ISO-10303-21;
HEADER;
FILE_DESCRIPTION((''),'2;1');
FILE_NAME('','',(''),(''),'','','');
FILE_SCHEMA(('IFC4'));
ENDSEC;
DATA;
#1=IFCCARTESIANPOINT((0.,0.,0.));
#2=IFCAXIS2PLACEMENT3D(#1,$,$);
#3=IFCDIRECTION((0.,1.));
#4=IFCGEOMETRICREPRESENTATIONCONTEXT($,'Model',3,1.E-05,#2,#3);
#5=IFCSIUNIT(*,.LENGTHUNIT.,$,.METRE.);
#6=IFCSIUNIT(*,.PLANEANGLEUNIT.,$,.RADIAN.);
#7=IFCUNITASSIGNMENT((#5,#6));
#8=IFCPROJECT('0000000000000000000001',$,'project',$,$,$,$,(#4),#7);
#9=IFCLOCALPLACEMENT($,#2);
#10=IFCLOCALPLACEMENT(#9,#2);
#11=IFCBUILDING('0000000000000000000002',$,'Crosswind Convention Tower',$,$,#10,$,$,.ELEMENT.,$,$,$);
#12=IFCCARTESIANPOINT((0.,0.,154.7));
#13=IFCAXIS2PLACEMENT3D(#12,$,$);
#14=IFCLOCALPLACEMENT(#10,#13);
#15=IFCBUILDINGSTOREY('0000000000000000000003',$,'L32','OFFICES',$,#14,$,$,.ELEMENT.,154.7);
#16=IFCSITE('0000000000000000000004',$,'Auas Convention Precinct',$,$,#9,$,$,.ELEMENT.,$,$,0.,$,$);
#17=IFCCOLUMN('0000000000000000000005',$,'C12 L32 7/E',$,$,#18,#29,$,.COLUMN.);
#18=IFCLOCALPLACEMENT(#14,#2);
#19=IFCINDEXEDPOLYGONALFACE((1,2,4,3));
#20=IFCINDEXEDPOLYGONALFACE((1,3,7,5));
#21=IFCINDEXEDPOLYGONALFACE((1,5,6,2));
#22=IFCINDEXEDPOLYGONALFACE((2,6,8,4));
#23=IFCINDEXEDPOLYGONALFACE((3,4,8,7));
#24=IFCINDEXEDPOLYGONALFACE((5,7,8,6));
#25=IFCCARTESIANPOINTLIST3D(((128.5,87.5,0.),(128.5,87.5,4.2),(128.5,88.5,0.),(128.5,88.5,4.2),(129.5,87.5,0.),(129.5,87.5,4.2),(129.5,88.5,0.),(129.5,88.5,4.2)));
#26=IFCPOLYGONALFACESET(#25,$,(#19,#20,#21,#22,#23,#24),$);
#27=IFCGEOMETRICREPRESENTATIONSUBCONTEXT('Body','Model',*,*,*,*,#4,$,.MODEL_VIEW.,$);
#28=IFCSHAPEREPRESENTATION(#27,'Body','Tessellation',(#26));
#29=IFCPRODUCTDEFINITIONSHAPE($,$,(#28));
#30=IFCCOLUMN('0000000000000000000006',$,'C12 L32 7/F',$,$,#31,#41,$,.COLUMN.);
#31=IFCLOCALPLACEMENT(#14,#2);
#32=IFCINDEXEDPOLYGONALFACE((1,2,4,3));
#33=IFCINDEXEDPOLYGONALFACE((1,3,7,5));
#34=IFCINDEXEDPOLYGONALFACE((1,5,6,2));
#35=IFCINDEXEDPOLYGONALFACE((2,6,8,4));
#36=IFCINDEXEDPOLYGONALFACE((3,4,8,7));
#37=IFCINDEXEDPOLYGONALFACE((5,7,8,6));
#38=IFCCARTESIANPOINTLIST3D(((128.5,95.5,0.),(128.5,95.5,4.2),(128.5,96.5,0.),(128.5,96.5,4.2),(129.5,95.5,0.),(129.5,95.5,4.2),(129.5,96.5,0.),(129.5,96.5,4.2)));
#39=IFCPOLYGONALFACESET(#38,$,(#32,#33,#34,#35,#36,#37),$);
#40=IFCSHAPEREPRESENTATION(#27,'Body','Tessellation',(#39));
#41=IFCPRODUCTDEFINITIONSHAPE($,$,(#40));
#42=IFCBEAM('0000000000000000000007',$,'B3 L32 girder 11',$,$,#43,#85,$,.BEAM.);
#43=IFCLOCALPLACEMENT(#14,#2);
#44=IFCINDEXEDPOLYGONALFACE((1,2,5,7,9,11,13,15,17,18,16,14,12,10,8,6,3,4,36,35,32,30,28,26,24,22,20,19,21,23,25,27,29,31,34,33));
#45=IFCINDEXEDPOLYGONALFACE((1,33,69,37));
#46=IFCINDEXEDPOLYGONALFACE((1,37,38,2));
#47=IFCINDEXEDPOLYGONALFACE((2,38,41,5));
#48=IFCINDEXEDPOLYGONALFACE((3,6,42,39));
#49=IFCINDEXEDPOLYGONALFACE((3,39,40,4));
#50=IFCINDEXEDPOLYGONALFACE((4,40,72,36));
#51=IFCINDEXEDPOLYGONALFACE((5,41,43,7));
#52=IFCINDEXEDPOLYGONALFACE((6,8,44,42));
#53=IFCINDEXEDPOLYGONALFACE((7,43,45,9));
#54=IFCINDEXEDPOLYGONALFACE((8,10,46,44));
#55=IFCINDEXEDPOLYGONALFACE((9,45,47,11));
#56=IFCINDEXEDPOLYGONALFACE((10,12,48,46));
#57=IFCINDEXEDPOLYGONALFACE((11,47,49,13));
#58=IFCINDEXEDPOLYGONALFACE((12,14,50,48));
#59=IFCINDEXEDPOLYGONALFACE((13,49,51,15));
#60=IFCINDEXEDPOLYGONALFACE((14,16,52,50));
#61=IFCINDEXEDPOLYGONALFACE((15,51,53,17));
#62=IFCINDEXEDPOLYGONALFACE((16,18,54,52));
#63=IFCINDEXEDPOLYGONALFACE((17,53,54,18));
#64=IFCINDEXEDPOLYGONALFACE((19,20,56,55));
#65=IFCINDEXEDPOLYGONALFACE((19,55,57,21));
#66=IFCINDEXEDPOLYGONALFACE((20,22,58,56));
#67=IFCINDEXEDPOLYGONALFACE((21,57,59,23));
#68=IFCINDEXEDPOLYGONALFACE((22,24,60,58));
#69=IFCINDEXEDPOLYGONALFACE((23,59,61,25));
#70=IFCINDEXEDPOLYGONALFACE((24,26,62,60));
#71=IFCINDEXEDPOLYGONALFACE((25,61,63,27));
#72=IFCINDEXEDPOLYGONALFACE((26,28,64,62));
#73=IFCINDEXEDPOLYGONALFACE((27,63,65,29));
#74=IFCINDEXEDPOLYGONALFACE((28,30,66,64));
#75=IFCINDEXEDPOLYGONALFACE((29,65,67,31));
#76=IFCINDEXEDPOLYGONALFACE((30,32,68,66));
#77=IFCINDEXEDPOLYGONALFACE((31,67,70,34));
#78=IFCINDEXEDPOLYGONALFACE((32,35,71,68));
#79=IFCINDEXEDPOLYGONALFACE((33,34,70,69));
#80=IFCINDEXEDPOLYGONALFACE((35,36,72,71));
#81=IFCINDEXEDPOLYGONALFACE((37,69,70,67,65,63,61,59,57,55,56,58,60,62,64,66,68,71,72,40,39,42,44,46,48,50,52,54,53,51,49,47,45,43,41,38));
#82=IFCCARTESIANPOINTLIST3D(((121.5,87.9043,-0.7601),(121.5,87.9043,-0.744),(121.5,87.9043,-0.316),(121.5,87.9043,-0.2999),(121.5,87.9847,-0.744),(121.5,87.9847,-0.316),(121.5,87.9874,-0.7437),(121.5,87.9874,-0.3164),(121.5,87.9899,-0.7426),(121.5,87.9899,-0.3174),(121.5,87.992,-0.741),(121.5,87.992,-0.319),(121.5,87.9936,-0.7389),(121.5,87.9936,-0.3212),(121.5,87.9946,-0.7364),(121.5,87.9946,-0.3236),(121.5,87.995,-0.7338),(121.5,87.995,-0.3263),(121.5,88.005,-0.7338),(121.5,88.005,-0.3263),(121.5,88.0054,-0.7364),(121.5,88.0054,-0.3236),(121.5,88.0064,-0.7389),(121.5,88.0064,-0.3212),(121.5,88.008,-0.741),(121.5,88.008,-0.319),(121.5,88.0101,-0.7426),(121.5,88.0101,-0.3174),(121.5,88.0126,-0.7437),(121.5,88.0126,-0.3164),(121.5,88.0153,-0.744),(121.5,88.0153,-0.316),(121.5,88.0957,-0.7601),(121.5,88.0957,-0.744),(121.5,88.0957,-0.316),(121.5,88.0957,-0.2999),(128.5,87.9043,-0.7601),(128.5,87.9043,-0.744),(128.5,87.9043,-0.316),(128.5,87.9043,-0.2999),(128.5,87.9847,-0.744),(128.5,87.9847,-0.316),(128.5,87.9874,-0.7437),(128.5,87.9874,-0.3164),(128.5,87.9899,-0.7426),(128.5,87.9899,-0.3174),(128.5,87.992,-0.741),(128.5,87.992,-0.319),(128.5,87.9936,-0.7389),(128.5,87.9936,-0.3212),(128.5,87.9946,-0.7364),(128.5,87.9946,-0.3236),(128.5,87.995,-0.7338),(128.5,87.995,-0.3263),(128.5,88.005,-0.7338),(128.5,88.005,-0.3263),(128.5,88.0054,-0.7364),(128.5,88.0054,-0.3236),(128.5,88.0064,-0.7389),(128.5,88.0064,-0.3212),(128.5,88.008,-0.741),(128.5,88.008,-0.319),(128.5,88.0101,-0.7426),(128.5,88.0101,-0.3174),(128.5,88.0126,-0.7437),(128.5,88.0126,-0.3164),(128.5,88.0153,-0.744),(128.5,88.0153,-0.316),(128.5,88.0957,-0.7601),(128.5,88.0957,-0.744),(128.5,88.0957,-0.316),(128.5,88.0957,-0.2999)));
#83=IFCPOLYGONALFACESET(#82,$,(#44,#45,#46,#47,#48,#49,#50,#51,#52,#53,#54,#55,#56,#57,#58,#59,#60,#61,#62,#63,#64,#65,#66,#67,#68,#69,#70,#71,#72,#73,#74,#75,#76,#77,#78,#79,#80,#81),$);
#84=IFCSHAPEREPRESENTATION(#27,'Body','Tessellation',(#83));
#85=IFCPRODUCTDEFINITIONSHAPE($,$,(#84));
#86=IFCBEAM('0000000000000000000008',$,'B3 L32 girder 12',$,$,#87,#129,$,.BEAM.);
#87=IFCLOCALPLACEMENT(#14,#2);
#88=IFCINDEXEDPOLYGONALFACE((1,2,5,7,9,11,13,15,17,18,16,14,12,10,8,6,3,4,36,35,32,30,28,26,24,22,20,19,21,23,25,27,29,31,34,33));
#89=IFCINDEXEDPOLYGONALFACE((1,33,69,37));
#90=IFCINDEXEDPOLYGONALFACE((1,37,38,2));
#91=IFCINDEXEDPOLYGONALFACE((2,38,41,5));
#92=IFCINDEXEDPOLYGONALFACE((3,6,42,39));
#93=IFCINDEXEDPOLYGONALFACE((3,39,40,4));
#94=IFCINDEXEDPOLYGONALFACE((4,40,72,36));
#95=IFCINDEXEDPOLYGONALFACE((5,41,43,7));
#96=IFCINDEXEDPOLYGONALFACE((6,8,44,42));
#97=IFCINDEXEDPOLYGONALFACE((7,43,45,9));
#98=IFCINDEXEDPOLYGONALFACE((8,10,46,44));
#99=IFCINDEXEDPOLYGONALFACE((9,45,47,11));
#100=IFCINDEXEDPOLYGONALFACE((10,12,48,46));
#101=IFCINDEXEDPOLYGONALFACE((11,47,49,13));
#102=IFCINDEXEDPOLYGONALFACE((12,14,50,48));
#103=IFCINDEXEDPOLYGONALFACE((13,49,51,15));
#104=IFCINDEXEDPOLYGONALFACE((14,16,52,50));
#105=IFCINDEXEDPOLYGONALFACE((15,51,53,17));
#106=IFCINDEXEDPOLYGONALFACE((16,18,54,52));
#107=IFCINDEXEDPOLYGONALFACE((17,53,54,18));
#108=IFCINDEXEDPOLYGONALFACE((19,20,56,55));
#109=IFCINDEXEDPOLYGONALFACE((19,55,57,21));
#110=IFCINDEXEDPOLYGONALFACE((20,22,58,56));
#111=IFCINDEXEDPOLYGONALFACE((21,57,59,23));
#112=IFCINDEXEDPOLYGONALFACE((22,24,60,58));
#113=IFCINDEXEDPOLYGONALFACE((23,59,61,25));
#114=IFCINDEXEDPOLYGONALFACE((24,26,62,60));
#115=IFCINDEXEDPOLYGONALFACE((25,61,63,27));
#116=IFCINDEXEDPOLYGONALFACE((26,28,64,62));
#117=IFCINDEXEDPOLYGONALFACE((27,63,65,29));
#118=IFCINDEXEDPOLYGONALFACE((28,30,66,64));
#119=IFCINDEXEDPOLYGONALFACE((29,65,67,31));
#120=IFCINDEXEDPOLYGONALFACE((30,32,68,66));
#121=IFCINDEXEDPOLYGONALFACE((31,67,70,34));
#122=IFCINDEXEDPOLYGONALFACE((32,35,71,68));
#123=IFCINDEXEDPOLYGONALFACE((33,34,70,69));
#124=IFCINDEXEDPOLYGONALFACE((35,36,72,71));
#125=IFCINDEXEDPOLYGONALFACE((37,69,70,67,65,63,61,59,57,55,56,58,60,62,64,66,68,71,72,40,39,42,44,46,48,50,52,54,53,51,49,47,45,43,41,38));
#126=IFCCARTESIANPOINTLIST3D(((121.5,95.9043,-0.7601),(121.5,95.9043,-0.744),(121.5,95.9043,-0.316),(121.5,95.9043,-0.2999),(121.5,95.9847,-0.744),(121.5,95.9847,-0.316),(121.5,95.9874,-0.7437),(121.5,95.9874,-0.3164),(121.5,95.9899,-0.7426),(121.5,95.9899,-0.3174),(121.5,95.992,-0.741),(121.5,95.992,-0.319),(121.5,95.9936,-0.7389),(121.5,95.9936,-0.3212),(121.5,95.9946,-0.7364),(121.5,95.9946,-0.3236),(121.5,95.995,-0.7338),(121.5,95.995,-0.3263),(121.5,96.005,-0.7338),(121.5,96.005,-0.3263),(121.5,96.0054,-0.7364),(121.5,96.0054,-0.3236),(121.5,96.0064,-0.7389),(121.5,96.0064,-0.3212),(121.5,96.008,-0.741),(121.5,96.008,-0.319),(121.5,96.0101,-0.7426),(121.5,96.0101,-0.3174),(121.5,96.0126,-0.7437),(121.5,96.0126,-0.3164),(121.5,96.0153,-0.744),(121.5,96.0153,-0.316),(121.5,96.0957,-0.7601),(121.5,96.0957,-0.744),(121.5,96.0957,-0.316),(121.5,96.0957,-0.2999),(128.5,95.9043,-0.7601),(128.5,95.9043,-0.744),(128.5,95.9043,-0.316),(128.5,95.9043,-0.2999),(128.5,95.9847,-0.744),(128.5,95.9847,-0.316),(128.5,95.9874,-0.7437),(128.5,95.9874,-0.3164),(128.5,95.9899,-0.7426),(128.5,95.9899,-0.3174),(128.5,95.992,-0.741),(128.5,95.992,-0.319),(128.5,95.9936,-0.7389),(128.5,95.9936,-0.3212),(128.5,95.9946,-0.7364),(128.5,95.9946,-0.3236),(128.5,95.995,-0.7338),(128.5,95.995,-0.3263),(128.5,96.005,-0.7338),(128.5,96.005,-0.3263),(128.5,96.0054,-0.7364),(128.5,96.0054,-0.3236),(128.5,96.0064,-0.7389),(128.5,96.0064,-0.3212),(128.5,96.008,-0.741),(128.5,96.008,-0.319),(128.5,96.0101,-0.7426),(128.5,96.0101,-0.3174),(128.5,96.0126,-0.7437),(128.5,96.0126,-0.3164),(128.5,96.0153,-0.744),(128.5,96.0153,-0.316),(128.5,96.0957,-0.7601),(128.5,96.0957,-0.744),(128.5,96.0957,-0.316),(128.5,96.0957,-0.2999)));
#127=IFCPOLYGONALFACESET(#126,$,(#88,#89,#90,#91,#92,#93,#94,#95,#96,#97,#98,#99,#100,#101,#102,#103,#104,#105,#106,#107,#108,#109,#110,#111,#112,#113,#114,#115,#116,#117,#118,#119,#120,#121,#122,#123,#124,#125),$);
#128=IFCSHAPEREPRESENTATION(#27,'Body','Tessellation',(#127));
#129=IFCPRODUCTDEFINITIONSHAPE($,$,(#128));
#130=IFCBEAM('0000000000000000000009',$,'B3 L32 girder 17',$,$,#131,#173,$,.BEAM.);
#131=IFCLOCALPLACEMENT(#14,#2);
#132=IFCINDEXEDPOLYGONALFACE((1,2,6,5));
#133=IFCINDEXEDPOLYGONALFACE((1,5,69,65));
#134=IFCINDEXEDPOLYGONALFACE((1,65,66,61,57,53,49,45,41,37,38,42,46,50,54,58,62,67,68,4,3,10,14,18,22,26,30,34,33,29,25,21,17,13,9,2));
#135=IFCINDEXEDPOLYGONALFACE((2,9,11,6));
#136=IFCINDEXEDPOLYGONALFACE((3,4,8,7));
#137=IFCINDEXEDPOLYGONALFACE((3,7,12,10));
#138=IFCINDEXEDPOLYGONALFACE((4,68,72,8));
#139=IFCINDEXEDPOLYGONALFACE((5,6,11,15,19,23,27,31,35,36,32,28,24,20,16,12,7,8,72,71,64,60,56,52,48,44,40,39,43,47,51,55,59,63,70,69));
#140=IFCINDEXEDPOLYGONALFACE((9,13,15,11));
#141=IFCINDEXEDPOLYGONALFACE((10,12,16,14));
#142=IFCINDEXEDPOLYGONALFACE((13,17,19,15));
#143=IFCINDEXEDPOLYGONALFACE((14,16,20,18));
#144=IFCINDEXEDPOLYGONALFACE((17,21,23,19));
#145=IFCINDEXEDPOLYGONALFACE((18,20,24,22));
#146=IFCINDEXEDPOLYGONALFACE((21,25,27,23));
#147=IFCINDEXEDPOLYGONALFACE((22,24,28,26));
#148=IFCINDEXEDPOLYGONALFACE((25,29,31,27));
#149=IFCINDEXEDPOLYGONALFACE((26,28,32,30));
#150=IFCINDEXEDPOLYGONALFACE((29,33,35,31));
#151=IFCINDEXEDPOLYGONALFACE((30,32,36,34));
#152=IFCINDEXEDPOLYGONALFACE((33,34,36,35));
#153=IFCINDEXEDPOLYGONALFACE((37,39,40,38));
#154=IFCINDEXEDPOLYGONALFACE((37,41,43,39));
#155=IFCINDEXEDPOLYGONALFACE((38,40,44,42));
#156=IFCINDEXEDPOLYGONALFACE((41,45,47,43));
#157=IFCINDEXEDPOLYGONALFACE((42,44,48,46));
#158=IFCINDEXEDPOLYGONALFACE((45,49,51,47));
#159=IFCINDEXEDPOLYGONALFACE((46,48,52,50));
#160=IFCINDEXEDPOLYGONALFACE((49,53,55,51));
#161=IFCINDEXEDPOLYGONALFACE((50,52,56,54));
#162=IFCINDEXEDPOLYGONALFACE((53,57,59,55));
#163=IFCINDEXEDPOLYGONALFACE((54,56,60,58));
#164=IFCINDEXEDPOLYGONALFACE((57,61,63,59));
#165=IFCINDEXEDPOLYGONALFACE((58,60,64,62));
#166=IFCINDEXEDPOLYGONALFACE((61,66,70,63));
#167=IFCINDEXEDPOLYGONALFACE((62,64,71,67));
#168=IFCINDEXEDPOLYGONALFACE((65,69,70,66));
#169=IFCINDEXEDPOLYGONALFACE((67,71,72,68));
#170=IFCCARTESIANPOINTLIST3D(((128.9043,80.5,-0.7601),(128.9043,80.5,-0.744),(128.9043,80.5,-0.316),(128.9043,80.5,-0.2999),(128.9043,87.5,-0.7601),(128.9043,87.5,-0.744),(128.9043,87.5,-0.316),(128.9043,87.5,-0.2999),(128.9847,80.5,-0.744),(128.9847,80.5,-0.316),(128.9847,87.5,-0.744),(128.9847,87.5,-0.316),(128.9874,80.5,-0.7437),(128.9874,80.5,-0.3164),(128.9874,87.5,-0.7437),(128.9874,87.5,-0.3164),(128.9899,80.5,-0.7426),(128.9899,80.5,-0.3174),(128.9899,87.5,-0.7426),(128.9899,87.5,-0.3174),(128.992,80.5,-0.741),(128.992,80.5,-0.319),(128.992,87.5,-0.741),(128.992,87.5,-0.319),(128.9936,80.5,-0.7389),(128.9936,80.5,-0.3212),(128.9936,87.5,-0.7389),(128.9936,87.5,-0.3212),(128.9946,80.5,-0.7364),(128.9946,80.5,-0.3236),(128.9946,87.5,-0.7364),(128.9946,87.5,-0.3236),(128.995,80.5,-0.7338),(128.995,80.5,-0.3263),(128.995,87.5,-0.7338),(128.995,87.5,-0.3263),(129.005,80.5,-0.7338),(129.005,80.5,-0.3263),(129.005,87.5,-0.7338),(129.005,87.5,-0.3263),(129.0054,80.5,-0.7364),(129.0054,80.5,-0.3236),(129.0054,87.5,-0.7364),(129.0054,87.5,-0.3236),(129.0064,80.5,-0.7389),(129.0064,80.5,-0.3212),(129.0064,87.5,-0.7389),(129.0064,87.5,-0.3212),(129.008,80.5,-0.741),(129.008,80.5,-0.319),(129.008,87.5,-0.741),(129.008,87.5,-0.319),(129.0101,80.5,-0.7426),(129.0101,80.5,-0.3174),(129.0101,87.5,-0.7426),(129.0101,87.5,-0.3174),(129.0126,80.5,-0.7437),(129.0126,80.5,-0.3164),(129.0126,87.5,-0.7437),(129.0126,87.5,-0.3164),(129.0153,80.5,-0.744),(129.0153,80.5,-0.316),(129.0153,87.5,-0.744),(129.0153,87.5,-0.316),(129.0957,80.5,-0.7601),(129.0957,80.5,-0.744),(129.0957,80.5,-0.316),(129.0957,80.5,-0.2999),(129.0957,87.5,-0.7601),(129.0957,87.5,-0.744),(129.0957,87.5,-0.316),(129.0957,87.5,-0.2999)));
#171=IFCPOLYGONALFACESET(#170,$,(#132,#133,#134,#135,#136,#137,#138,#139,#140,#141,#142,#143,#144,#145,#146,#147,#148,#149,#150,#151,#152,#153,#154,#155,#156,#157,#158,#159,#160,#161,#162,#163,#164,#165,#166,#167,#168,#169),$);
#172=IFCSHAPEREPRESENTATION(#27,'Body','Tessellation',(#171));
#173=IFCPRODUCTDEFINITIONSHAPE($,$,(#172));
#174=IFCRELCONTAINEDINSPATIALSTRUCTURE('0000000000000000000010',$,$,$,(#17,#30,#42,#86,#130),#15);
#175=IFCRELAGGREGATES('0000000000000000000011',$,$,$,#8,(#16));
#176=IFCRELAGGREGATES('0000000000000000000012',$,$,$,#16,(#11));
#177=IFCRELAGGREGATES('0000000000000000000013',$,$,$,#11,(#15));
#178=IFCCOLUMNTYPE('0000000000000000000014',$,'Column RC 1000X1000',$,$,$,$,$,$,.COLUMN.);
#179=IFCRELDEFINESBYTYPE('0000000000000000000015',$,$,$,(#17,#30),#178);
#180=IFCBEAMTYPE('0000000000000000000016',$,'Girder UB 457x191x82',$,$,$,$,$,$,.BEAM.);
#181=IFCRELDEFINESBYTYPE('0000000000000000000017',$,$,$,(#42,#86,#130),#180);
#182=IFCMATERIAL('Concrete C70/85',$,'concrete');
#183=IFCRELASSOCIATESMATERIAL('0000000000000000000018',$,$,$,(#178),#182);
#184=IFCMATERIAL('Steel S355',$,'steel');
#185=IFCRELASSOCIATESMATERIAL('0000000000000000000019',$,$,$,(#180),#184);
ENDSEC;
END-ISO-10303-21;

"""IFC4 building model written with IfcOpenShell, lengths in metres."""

from ifc_helpers import new_model, si_unit, direction, frame, origin, origin_2d, place, context, subcontext, project, spatial, rectangle, i_section, extrude, material, material_profile, profile_set, type_object, element, save


model = new_model("IFC4")

# Units and contexts
model_context = context("Model", 3, precision=1e-05, world=origin(), true_north=direction((0.0, 1.0)))
body_context = subcontext(model_context, "Body", "Model", "MODEL_VIEW")
ifc_project = project(units=[si_unit("LENGTHUNIT", "METRE"), si_unit("PLANEANGLEUNIT", "RADIAN")], contexts=[model_context])

# Site, building, storey
site_placement = place(None, origin())
site = spatial("IfcSite", under=ifc_project, at=site_placement, Name="Auas Convention Precinct", CompositionType="ELEMENT", RefElevation=0.0)
building_placement = place(site_placement, origin())
building = spatial("IfcBuilding", under=site, at=building_placement, Name="Crosswind Convention Tower", CompositionType="ELEMENT")
storey_placement = place(building_placement, frame((0.0, 0.0, 154.7)))
storey = spatial("IfcBuildingStorey", under=building, at=storey_placement, Name="L32", Description="OFFICES", CompositionType="ELEMENT", Elevation=154.7)

# Columns
ifc_material_1 = material(Name="Concrete C70/85", Category="concrete")
ifc_material_profile_1 = material_profile(ifc_material_1, rectangle(XDim=1.0, YDim=1.0, at=origin_2d()), Name="RC 1000X1000")
ifc_profile_set_1 = profile_set([ifc_material_profile_1], Name="Concrete C70/85")
column_type = type_object("IfcColumnType", Name="Column RC 1000X1000", PredefinedType="COLUMN", material=ifc_profile_set_1)
for number, where, z_axis, x_axis, name in (
    (1, (129.0, 88.0, 0.0), (0.0, 0.0, 1.0), (1.0, 0.0, 0.0), "C12 L32 7/E"),
    (2, (129.0, 96.0, 0.0), (0.0, 0.0, 1.0), (1.0, 0.0, 0.0), "C12 L32 7/F"),
):
    element("IfcColumn", number, at=place(storey_placement, frame(where, z_axis=z_axis, x_axis=x_axis)), inside=storey, type_object=column_type, Name=name, PredefinedType="COLUMN", context=body_context, shape_type="SweptSolid", body=[
        extrude(rectangle(XDim=1.0, YDim=1.0, at=origin_2d()), origin(), (0.0, 0.0, 1.0), 4.2),
    ])

# Beams
ifc_material_2 = material(Name="Steel S355", Category="steel")
ifc_material_profile_2 = material_profile(ifc_material_2, i_section(OverallWidth=0.1914, OverallDepth=0.4602, WebThickness=0.01, FlangeThickness=0.0161, FilletRadius=0.0103, at=origin_2d()), Name="UB 457x191x82")
ifc_profile_set_2 = profile_set([ifc_material_profile_2], Name="Steel S355")
beam_type_1 = type_object("IfcBeamType", Name="Girder UB 457x191x82", PredefinedType="BEAM", material=ifc_profile_set_2)
for number, where, z_axis, x_axis, name in (
    (3, (121.5, 88.0, -0.53), (1.0, 0.0, 0.0), (0.0, 1.0, 0.0), "B3 L32 girder 11"),
    (4, (121.5, 96.0, -0.53), (1.0, 0.0, 0.0), (0.0, 1.0, 0.0), "B3 L32 girder 12"),
    (5, (129.0, 80.5, -0.53), (0.0, 1.0, 0.0), (-1.0, 0.0, 0.0), "B3 L32 girder 17"),
):
    element("IfcBeam", number, at=place(storey_placement, frame(where, z_axis=z_axis, x_axis=x_axis)), inside=storey, type_object=beam_type_1, Name=name, PredefinedType="BEAM", context=body_context, shape_type="SweptSolid", body=[
        extrude(i_section(OverallWidth=0.1914, OverallDepth=0.4602, WebThickness=0.01, FlangeThickness=0.0161, FilletRadius=0.0103, at=origin_2d()), origin(), (0.0, 0.0, 1.0), 7.0),
    ])

save(model, "model.ifc")
